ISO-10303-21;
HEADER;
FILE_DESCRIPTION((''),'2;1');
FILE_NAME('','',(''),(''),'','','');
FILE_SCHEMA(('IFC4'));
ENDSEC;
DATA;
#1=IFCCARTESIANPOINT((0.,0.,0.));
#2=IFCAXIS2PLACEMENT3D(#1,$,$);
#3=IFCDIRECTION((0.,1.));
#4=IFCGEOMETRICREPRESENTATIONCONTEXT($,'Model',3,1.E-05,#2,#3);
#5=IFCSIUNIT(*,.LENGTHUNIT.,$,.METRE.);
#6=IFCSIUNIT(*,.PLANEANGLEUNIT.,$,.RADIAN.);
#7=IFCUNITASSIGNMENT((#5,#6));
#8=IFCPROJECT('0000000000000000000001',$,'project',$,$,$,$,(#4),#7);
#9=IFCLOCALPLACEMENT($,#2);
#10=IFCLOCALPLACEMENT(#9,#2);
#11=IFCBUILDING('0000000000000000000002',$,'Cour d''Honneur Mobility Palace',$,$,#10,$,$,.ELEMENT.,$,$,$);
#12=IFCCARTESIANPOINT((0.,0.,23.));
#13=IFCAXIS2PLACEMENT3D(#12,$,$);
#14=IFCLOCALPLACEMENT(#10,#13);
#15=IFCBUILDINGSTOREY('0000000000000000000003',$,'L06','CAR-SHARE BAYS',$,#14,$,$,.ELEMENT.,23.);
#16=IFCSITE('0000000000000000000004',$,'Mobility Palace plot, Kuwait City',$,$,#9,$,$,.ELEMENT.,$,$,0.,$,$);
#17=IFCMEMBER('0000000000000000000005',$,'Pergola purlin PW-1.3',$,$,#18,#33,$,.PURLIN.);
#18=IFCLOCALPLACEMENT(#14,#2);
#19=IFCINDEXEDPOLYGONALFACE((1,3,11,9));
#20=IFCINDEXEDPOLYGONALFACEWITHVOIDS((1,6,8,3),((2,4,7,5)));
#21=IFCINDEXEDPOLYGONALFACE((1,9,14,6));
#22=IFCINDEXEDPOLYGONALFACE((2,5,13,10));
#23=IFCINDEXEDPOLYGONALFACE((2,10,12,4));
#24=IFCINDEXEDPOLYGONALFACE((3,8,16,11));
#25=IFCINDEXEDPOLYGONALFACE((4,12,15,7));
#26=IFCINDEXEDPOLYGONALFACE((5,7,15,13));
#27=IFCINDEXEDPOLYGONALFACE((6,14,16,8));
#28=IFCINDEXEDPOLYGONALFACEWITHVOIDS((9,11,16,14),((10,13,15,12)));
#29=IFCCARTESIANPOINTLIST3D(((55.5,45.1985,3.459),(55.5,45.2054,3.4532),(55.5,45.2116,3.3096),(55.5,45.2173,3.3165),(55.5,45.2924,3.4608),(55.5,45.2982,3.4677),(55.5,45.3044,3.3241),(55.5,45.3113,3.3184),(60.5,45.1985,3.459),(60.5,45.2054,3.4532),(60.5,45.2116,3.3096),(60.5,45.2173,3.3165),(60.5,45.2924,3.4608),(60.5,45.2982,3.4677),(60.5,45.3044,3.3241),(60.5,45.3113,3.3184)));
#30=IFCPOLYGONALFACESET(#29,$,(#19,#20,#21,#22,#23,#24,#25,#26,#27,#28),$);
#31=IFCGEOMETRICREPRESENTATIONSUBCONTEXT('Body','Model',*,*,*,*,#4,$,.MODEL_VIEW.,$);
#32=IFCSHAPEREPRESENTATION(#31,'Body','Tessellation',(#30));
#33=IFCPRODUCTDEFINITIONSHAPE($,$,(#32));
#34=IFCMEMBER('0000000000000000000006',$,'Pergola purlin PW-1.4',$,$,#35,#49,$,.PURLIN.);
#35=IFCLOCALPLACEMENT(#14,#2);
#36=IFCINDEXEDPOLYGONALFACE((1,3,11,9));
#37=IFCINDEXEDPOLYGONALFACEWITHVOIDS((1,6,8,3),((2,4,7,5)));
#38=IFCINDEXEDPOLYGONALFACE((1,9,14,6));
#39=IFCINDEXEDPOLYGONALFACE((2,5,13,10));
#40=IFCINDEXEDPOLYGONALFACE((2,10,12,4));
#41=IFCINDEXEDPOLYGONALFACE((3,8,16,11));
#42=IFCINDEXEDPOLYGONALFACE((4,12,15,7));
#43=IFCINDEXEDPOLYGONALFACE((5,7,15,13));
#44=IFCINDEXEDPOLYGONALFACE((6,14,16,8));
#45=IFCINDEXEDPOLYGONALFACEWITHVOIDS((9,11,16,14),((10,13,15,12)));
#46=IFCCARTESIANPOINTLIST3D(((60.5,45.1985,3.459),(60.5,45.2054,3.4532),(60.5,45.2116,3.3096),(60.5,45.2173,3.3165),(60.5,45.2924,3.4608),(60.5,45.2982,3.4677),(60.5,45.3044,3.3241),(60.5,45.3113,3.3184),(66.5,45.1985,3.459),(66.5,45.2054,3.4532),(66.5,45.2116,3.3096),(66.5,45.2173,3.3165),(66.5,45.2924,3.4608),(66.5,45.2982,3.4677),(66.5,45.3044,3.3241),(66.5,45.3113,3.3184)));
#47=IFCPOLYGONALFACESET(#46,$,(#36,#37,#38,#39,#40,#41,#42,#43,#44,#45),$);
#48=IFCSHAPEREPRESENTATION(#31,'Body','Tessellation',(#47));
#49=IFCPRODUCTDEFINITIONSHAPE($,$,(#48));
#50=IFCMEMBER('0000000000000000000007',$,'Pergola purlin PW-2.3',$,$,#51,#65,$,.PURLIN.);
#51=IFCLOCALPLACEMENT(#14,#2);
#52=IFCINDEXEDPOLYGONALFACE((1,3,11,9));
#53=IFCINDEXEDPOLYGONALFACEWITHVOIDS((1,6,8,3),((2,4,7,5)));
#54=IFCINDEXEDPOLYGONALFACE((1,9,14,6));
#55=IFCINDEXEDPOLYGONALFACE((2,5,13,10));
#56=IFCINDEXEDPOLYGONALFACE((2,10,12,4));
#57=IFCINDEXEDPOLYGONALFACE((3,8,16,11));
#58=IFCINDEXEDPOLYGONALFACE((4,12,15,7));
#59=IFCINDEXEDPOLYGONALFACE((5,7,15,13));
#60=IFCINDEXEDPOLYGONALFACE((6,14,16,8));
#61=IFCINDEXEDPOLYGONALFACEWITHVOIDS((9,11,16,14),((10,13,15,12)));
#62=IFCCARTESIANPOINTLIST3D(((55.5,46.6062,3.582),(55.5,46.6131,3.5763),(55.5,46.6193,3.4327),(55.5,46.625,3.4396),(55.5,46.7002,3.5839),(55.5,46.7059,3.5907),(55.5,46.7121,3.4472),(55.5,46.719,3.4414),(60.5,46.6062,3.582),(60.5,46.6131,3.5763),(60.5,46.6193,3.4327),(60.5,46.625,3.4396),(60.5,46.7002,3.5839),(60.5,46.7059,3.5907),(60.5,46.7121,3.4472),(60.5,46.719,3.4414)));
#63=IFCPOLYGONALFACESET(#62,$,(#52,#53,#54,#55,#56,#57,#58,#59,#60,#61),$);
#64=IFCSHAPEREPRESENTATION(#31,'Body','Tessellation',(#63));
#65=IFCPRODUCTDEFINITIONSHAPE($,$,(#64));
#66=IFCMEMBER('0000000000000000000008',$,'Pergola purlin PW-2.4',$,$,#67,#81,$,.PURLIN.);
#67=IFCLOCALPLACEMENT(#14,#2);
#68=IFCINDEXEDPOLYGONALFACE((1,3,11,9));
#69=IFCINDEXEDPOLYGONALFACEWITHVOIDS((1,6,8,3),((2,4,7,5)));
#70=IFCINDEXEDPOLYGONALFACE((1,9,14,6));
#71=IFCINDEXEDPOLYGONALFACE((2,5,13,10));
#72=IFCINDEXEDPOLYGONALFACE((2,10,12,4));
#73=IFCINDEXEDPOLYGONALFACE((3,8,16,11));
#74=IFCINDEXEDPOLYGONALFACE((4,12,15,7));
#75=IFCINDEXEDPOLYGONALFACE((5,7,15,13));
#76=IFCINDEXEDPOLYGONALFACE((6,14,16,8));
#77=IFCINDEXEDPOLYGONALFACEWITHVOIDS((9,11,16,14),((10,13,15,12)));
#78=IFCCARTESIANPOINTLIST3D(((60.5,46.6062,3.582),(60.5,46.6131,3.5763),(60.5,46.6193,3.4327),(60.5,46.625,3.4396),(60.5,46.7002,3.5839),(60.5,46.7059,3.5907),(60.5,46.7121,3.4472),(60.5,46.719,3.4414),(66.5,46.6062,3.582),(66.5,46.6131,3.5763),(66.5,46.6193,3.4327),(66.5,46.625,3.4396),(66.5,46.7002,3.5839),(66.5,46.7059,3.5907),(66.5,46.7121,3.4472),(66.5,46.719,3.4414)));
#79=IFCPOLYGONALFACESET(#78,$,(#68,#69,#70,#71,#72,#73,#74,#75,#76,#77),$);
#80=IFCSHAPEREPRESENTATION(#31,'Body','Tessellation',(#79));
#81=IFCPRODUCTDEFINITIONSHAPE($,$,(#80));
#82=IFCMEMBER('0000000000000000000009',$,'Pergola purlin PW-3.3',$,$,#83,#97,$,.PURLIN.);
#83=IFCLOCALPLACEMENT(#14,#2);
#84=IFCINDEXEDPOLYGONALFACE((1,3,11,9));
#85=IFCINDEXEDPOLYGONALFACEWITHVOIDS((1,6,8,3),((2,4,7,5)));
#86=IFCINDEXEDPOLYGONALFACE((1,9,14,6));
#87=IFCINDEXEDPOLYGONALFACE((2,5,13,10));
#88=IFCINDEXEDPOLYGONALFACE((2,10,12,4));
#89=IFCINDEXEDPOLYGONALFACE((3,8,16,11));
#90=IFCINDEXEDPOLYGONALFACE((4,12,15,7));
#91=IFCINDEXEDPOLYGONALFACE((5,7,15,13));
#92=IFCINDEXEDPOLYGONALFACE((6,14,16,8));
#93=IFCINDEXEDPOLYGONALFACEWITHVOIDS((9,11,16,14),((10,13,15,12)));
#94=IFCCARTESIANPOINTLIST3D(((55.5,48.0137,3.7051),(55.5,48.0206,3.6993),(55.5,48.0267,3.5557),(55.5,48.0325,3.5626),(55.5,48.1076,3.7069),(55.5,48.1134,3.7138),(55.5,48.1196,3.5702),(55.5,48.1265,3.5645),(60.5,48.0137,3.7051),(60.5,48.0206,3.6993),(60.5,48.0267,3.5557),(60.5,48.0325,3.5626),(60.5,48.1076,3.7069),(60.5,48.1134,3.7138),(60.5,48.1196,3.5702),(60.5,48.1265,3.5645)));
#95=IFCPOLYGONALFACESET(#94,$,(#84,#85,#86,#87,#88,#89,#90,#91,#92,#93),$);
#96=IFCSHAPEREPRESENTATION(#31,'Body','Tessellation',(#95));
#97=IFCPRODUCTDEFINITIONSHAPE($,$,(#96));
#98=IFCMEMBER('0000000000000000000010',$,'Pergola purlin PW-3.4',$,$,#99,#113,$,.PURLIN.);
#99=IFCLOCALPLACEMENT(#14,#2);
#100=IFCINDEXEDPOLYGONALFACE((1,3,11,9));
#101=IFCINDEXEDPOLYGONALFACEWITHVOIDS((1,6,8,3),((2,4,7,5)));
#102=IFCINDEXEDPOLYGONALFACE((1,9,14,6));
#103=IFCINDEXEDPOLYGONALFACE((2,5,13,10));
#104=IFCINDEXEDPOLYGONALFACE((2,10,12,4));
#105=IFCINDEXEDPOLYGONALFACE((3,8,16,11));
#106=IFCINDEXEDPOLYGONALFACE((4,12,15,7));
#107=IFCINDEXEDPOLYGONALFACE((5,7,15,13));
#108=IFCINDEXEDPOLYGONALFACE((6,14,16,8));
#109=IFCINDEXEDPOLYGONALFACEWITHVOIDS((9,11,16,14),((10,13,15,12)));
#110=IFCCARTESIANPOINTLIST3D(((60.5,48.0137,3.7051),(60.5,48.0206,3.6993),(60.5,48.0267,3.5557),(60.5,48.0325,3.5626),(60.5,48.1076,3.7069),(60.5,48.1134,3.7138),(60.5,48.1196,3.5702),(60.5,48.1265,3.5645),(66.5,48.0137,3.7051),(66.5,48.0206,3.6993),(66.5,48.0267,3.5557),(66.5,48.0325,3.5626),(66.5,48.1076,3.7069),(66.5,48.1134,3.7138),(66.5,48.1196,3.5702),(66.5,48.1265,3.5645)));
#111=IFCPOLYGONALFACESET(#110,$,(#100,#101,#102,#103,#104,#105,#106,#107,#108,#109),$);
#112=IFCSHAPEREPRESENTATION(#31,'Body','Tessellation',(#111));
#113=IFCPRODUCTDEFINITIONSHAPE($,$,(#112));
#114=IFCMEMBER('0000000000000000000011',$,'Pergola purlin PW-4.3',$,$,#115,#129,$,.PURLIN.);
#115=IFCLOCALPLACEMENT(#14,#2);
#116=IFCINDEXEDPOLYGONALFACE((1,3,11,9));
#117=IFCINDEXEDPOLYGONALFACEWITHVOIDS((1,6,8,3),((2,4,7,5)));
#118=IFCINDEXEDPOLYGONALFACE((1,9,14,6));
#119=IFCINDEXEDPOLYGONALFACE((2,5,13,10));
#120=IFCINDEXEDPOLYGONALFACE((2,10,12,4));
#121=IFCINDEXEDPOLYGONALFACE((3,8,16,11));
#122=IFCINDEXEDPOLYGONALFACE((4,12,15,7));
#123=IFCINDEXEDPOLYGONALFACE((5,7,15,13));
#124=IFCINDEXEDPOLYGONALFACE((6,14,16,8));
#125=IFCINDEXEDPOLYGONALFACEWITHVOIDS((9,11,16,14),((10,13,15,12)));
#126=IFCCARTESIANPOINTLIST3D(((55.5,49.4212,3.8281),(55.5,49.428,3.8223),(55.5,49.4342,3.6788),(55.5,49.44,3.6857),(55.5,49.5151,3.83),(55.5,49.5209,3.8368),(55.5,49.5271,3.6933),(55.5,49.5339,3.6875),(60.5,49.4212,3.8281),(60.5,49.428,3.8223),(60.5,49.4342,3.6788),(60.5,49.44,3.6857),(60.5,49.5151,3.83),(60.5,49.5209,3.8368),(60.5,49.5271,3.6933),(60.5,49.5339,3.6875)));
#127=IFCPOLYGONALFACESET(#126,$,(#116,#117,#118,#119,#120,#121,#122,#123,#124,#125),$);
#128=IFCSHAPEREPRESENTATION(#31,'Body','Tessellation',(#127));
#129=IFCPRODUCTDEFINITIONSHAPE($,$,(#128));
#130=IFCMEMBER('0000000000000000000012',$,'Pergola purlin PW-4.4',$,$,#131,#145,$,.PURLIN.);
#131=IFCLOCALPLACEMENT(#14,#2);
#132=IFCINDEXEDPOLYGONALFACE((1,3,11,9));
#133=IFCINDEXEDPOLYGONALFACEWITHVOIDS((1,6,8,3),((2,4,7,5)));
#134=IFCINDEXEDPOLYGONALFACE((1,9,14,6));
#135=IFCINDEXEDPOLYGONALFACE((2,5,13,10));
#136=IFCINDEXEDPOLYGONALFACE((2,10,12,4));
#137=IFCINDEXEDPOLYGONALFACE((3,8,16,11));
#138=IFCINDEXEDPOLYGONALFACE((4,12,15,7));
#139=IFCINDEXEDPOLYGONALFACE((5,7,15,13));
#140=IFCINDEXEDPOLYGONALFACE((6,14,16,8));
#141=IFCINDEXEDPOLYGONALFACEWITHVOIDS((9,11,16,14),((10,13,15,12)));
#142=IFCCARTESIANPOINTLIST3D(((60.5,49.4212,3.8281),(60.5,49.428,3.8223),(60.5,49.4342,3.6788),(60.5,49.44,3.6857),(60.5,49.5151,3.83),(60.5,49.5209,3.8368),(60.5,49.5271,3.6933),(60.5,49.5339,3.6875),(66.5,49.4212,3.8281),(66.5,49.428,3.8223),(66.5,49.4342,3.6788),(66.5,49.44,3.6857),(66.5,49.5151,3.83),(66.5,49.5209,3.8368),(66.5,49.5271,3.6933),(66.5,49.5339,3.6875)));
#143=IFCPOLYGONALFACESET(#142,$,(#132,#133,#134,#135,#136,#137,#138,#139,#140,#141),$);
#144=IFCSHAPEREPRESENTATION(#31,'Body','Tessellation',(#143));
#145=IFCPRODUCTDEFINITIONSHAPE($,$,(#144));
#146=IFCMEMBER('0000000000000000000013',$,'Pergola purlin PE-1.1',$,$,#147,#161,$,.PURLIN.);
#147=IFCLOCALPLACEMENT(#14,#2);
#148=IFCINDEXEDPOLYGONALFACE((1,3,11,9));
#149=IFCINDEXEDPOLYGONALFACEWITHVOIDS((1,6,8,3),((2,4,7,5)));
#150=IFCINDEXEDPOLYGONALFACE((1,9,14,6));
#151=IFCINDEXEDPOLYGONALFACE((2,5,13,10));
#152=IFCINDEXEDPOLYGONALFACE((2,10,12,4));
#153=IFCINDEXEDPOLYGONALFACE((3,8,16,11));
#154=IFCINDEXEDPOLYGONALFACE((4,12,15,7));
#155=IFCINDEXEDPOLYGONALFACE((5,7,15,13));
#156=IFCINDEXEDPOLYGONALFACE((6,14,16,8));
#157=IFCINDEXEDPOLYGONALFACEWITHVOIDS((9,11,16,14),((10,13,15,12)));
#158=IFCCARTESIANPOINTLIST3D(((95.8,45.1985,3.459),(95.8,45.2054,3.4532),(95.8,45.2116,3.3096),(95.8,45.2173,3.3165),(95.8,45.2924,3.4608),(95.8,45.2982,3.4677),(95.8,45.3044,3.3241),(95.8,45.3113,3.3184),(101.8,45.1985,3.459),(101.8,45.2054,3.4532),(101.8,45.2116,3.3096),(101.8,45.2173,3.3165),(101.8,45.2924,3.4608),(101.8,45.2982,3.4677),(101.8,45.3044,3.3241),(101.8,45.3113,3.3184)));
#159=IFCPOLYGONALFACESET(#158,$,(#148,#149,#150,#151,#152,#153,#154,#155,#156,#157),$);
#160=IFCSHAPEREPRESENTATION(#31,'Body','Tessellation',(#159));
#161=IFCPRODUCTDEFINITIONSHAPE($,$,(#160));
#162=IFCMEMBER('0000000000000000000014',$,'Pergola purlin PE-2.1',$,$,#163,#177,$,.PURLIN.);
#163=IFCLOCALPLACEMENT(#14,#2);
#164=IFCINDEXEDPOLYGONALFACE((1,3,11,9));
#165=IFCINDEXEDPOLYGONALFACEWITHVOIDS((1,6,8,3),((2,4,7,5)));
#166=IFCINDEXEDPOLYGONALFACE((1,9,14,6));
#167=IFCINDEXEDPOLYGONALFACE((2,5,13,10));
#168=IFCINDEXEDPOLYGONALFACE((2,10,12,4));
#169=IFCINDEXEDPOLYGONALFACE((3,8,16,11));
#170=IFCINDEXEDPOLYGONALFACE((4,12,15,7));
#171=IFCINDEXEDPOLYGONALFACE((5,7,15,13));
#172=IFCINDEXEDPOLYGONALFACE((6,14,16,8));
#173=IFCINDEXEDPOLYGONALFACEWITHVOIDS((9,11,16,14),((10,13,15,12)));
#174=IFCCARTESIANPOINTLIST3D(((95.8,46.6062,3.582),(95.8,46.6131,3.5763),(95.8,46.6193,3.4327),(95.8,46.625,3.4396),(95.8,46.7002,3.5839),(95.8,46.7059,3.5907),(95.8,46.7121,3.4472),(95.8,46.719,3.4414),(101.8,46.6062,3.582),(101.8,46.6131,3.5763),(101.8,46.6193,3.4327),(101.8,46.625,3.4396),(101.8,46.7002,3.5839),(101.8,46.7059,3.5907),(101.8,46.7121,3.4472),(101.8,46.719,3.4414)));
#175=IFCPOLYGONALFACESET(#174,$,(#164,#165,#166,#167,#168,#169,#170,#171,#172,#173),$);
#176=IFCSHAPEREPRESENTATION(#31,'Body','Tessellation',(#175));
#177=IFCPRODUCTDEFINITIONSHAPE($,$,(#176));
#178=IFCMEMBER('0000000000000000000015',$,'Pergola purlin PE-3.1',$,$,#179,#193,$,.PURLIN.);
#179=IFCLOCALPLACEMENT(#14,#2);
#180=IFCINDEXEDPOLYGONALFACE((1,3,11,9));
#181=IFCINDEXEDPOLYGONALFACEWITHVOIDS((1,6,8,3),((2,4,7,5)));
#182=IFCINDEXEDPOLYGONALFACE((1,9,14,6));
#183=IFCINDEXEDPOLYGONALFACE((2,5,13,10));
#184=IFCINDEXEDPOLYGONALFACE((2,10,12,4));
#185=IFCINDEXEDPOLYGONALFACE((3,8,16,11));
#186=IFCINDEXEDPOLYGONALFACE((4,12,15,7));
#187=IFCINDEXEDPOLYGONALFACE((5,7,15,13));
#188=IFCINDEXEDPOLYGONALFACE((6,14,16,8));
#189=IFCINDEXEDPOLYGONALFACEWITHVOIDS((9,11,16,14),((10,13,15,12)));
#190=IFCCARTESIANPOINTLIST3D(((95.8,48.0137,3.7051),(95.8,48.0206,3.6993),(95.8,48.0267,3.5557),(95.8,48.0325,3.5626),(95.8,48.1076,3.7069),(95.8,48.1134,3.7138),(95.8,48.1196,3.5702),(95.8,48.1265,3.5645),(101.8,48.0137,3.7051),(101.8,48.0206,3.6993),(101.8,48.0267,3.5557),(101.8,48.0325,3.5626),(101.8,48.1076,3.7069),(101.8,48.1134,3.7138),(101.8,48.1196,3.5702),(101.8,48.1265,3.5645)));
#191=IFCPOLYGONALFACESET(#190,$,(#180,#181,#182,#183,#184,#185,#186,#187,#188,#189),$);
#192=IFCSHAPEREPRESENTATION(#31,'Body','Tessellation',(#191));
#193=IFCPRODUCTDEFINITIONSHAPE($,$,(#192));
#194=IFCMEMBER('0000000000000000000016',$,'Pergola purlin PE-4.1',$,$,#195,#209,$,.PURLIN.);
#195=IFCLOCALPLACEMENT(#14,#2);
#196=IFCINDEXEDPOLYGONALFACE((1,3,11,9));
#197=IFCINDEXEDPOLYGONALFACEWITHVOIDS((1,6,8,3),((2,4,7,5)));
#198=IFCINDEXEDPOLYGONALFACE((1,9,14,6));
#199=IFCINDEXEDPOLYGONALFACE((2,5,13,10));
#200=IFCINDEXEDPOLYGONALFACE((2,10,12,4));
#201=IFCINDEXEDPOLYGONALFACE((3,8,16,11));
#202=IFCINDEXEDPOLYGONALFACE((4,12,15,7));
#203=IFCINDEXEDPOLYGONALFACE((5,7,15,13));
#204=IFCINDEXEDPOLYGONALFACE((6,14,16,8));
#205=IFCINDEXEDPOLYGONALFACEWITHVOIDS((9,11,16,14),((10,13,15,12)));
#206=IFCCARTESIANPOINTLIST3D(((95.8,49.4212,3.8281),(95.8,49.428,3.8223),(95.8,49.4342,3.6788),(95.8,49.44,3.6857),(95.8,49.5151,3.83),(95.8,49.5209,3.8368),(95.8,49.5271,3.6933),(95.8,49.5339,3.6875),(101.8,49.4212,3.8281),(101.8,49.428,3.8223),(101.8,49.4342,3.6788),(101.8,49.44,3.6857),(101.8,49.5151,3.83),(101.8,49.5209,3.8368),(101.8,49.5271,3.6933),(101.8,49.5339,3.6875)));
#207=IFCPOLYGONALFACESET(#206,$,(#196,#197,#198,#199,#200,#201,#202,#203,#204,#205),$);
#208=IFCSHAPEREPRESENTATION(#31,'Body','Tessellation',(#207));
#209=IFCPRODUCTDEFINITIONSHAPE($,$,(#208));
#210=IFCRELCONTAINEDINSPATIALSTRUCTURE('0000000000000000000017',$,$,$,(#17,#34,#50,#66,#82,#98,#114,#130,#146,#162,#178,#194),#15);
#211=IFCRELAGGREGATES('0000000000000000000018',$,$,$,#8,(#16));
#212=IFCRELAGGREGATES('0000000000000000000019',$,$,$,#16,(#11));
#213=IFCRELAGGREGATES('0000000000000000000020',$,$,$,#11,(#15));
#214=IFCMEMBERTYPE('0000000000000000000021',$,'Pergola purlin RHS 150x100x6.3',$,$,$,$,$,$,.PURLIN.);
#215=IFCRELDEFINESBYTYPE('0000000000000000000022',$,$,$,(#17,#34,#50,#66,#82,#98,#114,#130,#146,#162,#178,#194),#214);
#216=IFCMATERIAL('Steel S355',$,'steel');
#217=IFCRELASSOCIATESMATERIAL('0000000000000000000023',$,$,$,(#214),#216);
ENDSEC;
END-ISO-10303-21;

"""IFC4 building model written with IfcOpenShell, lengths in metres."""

from ifc_helpers import new_model, si_unit, direction, frame, origin, origin_2d, place, context, subcontext, project, spatial, hollow_rectangle, extrude, material, material_profile, profile_set, type_object, element, save


model = new_model("IFC4")

# Units and contexts
model_context = context("Model", 3, precision=1e-05, world=origin(), true_north=direction((0.0, 1.0)))
body_context = subcontext(model_context, "Body", "Model", "MODEL_VIEW")
ifc_project = project(units=[si_unit("LENGTHUNIT", "METRE"), si_unit("PLANEANGLEUNIT", "RADIAN")], contexts=[model_context])

# Site, building, storey
site_placement = place(None, origin())
site = spatial("IfcSite", under=ifc_project, at=site_placement, Name="Mobility Palace plot, Kuwait City", CompositionType="ELEMENT", RefElevation=0.0)
building_placement = place(site_placement, origin())
building = spatial("IfcBuilding", under=site, at=building_placement, Name="Cour d'Honneur Mobility Palace", CompositionType="ELEMENT")
storey_placement = place(building_placement, frame((0.0, 0.0, 23.0)))
storey = spatial("IfcBuildingStorey", under=building, at=storey_placement, Name="L06", Description="CAR-SHARE BAYS", CompositionType="ELEMENT", Elevation=23.0)

# Members
ifc_material_1 = material(Name="Steel S355", Category="steel")
ifc_material_profile_1 = material_profile(ifc_material_1, hollow_rectangle(XDim=0.1001, YDim=0.1499, WallThickness=0.0063, at=origin_2d()), Name="RHS 150x100x6.3")
ifc_profile_set_1 = profile_set([ifc_material_profile_1], Name="Steel S355")
member_type_1 = type_object("IfcMemberType", Name="Pergola purlin RHS 150x100x6.3", PredefinedType="PURLIN", material=ifc_profile_set_1)
member_1_placement = place(storey_placement, frame((55.5, 45.2549, 3.3887), z_axis=(1.0, 0.0, 0.0), x_axis=(0.0, 0.996197, 0.087131)))
element("IfcMember", 1, at=member_1_placement, inside=storey, type_object=member_type_1, Name="Pergola purlin PW-1.3", PredefinedType="PURLIN", context=body_context, shape_type="SweptSolid", body=[
    extrude(hollow_rectangle(XDim=0.1001, YDim=0.1499, WallThickness=0.0063, at=origin_2d()), origin(), (0.0, 0.0, 1.0), 5.0),
])
member_2_placement = place(storey_placement, frame((60.5, 45.2549, 3.3887), z_axis=(1.0, 0.0, 0.0), x_axis=(0.0, 0.996197, 0.087131)))
element("IfcMember", 2, at=member_2_placement, inside=storey, type_object=member_type_1, Name="Pergola purlin PW-1.4", PredefinedType="PURLIN", context=body_context, shape_type="SweptSolid", body=[
    extrude(hollow_rectangle(XDim=0.1001, YDim=0.1499, WallThickness=0.0063, at=origin_2d()), origin(), (0.0, 0.0, 1.0), 6.0),
])
member_3_placement = place(storey_placement, frame((55.5, 46.6626, 3.5117), z_axis=(1.0, 0.0, 0.0), x_axis=(0.0, 0.996197, 0.087131)))
element("IfcMember", 3, at=member_3_placement, inside=storey, type_object=member_type_1, Name="Pergola purlin PW-2.3", PredefinedType="PURLIN", context=body_context, shape_type="SweptSolid", body=[
    extrude(hollow_rectangle(XDim=0.1001, YDim=0.1499, WallThickness=0.0063, at=origin_2d()), origin(), (0.0, 0.0, 1.0), 5.0),
])
member_4_placement = place(storey_placement, frame((60.5, 46.6626, 3.5117), z_axis=(1.0, 0.0, 0.0), x_axis=(0.0, 0.996197, 0.087131)))
element("IfcMember", 4, at=member_4_placement, inside=storey, type_object=member_type_1, Name="Pergola purlin PW-2.4", PredefinedType="PURLIN", context=body_context, shape_type="SweptSolid", body=[
    extrude(hollow_rectangle(XDim=0.1001, YDim=0.1499, WallThickness=0.0063, at=origin_2d()), origin(), (0.0, 0.0, 1.0), 6.0),
])
member_5_placement = place(storey_placement, frame((55.5, 48.0701, 3.6348), z_axis=(1.0, 0.0, 0.0), x_axis=(0.0, 0.996197, 0.087131)))
element("IfcMember", 5, at=member_5_placement, inside=storey, type_object=member_type_1, Name="Pergola purlin PW-3.3", PredefinedType="PURLIN", context=body_context, shape_type="SweptSolid", body=[
    extrude(hollow_rectangle(XDim=0.1001, YDim=0.1499, WallThickness=0.0063, at=origin_2d()), origin(), (0.0, 0.0, 1.0), 5.0),
])
member_6_placement = place(storey_placement, frame((60.5, 48.0701, 3.6348), z_axis=(1.0, 0.0, 0.0), x_axis=(0.0, 0.996197, 0.087131)))
element("IfcMember", 6, at=member_6_placement, inside=storey, type_object=member_type_1, Name="Pergola purlin PW-3.4", PredefinedType="PURLIN", context=body_context, shape_type="SweptSolid", body=[
    extrude(hollow_rectangle(XDim=0.1001, YDim=0.1499, WallThickness=0.0063, at=origin_2d()), origin(), (0.0, 0.0, 1.0), 6.0),
])
member_7_placement = place(storey_placement, frame((55.5, 49.4775, 3.7578), z_axis=(1.0, 0.0, 0.0), x_axis=(0.0, 0.996197, 0.087131)))
element("IfcMember", 7, at=member_7_placement, inside=storey, type_object=member_type_1, Name="Pergola purlin PW-4.3", PredefinedType="PURLIN", context=body_context, shape_type="SweptSolid", body=[
    extrude(hollow_rectangle(XDim=0.1001, YDim=0.1499, WallThickness=0.0063, at=origin_2d()), origin(), (0.0, 0.0, 1.0), 5.0),
])
for number, where, z_axis, x_axis, name in (
    (8, (60.5, 49.4775, 3.7578), (1.0, 0.0, 0.0), (0.0, 0.996197, 0.087131), "Pergola purlin PW-4.4"),
    (9, (95.8, 45.2549, 3.3887), (1.0, 0.0, 0.0), (0.0, 0.996197, 0.087131), "Pergola purlin PE-1.1"),
    (10, (95.8, 46.6626, 3.5117), (1.0, 0.0, 0.0), (0.0, 0.996197, 0.087131), "Pergola purlin PE-2.1"),
    (11, (95.8, 48.0701, 3.6348), (1.0, 0.0, 0.0), (0.0, 0.996197, 0.087131), "Pergola purlin PE-3.1"),
    (12, (95.8, 49.4775, 3.7578), (1.0, 0.0, 0.0), (0.0, 0.996197, 0.087131), "Pergola purlin PE-4.1"),
):
    element("IfcMember", number, at=place(storey_placement, frame(where, z_axis=z_axis, x_axis=x_axis)), inside=storey, type_object=member_type_1, Name=name, PredefinedType="PURLIN", context=body_context, shape_type="SweptSolid", body=[
        extrude(hollow_rectangle(XDim=0.1001, YDim=0.1499, WallThickness=0.0063, at=origin_2d()), origin(), (0.0, 0.0, 1.0), 6.0),
    ])

save(model, "model.ifc")
